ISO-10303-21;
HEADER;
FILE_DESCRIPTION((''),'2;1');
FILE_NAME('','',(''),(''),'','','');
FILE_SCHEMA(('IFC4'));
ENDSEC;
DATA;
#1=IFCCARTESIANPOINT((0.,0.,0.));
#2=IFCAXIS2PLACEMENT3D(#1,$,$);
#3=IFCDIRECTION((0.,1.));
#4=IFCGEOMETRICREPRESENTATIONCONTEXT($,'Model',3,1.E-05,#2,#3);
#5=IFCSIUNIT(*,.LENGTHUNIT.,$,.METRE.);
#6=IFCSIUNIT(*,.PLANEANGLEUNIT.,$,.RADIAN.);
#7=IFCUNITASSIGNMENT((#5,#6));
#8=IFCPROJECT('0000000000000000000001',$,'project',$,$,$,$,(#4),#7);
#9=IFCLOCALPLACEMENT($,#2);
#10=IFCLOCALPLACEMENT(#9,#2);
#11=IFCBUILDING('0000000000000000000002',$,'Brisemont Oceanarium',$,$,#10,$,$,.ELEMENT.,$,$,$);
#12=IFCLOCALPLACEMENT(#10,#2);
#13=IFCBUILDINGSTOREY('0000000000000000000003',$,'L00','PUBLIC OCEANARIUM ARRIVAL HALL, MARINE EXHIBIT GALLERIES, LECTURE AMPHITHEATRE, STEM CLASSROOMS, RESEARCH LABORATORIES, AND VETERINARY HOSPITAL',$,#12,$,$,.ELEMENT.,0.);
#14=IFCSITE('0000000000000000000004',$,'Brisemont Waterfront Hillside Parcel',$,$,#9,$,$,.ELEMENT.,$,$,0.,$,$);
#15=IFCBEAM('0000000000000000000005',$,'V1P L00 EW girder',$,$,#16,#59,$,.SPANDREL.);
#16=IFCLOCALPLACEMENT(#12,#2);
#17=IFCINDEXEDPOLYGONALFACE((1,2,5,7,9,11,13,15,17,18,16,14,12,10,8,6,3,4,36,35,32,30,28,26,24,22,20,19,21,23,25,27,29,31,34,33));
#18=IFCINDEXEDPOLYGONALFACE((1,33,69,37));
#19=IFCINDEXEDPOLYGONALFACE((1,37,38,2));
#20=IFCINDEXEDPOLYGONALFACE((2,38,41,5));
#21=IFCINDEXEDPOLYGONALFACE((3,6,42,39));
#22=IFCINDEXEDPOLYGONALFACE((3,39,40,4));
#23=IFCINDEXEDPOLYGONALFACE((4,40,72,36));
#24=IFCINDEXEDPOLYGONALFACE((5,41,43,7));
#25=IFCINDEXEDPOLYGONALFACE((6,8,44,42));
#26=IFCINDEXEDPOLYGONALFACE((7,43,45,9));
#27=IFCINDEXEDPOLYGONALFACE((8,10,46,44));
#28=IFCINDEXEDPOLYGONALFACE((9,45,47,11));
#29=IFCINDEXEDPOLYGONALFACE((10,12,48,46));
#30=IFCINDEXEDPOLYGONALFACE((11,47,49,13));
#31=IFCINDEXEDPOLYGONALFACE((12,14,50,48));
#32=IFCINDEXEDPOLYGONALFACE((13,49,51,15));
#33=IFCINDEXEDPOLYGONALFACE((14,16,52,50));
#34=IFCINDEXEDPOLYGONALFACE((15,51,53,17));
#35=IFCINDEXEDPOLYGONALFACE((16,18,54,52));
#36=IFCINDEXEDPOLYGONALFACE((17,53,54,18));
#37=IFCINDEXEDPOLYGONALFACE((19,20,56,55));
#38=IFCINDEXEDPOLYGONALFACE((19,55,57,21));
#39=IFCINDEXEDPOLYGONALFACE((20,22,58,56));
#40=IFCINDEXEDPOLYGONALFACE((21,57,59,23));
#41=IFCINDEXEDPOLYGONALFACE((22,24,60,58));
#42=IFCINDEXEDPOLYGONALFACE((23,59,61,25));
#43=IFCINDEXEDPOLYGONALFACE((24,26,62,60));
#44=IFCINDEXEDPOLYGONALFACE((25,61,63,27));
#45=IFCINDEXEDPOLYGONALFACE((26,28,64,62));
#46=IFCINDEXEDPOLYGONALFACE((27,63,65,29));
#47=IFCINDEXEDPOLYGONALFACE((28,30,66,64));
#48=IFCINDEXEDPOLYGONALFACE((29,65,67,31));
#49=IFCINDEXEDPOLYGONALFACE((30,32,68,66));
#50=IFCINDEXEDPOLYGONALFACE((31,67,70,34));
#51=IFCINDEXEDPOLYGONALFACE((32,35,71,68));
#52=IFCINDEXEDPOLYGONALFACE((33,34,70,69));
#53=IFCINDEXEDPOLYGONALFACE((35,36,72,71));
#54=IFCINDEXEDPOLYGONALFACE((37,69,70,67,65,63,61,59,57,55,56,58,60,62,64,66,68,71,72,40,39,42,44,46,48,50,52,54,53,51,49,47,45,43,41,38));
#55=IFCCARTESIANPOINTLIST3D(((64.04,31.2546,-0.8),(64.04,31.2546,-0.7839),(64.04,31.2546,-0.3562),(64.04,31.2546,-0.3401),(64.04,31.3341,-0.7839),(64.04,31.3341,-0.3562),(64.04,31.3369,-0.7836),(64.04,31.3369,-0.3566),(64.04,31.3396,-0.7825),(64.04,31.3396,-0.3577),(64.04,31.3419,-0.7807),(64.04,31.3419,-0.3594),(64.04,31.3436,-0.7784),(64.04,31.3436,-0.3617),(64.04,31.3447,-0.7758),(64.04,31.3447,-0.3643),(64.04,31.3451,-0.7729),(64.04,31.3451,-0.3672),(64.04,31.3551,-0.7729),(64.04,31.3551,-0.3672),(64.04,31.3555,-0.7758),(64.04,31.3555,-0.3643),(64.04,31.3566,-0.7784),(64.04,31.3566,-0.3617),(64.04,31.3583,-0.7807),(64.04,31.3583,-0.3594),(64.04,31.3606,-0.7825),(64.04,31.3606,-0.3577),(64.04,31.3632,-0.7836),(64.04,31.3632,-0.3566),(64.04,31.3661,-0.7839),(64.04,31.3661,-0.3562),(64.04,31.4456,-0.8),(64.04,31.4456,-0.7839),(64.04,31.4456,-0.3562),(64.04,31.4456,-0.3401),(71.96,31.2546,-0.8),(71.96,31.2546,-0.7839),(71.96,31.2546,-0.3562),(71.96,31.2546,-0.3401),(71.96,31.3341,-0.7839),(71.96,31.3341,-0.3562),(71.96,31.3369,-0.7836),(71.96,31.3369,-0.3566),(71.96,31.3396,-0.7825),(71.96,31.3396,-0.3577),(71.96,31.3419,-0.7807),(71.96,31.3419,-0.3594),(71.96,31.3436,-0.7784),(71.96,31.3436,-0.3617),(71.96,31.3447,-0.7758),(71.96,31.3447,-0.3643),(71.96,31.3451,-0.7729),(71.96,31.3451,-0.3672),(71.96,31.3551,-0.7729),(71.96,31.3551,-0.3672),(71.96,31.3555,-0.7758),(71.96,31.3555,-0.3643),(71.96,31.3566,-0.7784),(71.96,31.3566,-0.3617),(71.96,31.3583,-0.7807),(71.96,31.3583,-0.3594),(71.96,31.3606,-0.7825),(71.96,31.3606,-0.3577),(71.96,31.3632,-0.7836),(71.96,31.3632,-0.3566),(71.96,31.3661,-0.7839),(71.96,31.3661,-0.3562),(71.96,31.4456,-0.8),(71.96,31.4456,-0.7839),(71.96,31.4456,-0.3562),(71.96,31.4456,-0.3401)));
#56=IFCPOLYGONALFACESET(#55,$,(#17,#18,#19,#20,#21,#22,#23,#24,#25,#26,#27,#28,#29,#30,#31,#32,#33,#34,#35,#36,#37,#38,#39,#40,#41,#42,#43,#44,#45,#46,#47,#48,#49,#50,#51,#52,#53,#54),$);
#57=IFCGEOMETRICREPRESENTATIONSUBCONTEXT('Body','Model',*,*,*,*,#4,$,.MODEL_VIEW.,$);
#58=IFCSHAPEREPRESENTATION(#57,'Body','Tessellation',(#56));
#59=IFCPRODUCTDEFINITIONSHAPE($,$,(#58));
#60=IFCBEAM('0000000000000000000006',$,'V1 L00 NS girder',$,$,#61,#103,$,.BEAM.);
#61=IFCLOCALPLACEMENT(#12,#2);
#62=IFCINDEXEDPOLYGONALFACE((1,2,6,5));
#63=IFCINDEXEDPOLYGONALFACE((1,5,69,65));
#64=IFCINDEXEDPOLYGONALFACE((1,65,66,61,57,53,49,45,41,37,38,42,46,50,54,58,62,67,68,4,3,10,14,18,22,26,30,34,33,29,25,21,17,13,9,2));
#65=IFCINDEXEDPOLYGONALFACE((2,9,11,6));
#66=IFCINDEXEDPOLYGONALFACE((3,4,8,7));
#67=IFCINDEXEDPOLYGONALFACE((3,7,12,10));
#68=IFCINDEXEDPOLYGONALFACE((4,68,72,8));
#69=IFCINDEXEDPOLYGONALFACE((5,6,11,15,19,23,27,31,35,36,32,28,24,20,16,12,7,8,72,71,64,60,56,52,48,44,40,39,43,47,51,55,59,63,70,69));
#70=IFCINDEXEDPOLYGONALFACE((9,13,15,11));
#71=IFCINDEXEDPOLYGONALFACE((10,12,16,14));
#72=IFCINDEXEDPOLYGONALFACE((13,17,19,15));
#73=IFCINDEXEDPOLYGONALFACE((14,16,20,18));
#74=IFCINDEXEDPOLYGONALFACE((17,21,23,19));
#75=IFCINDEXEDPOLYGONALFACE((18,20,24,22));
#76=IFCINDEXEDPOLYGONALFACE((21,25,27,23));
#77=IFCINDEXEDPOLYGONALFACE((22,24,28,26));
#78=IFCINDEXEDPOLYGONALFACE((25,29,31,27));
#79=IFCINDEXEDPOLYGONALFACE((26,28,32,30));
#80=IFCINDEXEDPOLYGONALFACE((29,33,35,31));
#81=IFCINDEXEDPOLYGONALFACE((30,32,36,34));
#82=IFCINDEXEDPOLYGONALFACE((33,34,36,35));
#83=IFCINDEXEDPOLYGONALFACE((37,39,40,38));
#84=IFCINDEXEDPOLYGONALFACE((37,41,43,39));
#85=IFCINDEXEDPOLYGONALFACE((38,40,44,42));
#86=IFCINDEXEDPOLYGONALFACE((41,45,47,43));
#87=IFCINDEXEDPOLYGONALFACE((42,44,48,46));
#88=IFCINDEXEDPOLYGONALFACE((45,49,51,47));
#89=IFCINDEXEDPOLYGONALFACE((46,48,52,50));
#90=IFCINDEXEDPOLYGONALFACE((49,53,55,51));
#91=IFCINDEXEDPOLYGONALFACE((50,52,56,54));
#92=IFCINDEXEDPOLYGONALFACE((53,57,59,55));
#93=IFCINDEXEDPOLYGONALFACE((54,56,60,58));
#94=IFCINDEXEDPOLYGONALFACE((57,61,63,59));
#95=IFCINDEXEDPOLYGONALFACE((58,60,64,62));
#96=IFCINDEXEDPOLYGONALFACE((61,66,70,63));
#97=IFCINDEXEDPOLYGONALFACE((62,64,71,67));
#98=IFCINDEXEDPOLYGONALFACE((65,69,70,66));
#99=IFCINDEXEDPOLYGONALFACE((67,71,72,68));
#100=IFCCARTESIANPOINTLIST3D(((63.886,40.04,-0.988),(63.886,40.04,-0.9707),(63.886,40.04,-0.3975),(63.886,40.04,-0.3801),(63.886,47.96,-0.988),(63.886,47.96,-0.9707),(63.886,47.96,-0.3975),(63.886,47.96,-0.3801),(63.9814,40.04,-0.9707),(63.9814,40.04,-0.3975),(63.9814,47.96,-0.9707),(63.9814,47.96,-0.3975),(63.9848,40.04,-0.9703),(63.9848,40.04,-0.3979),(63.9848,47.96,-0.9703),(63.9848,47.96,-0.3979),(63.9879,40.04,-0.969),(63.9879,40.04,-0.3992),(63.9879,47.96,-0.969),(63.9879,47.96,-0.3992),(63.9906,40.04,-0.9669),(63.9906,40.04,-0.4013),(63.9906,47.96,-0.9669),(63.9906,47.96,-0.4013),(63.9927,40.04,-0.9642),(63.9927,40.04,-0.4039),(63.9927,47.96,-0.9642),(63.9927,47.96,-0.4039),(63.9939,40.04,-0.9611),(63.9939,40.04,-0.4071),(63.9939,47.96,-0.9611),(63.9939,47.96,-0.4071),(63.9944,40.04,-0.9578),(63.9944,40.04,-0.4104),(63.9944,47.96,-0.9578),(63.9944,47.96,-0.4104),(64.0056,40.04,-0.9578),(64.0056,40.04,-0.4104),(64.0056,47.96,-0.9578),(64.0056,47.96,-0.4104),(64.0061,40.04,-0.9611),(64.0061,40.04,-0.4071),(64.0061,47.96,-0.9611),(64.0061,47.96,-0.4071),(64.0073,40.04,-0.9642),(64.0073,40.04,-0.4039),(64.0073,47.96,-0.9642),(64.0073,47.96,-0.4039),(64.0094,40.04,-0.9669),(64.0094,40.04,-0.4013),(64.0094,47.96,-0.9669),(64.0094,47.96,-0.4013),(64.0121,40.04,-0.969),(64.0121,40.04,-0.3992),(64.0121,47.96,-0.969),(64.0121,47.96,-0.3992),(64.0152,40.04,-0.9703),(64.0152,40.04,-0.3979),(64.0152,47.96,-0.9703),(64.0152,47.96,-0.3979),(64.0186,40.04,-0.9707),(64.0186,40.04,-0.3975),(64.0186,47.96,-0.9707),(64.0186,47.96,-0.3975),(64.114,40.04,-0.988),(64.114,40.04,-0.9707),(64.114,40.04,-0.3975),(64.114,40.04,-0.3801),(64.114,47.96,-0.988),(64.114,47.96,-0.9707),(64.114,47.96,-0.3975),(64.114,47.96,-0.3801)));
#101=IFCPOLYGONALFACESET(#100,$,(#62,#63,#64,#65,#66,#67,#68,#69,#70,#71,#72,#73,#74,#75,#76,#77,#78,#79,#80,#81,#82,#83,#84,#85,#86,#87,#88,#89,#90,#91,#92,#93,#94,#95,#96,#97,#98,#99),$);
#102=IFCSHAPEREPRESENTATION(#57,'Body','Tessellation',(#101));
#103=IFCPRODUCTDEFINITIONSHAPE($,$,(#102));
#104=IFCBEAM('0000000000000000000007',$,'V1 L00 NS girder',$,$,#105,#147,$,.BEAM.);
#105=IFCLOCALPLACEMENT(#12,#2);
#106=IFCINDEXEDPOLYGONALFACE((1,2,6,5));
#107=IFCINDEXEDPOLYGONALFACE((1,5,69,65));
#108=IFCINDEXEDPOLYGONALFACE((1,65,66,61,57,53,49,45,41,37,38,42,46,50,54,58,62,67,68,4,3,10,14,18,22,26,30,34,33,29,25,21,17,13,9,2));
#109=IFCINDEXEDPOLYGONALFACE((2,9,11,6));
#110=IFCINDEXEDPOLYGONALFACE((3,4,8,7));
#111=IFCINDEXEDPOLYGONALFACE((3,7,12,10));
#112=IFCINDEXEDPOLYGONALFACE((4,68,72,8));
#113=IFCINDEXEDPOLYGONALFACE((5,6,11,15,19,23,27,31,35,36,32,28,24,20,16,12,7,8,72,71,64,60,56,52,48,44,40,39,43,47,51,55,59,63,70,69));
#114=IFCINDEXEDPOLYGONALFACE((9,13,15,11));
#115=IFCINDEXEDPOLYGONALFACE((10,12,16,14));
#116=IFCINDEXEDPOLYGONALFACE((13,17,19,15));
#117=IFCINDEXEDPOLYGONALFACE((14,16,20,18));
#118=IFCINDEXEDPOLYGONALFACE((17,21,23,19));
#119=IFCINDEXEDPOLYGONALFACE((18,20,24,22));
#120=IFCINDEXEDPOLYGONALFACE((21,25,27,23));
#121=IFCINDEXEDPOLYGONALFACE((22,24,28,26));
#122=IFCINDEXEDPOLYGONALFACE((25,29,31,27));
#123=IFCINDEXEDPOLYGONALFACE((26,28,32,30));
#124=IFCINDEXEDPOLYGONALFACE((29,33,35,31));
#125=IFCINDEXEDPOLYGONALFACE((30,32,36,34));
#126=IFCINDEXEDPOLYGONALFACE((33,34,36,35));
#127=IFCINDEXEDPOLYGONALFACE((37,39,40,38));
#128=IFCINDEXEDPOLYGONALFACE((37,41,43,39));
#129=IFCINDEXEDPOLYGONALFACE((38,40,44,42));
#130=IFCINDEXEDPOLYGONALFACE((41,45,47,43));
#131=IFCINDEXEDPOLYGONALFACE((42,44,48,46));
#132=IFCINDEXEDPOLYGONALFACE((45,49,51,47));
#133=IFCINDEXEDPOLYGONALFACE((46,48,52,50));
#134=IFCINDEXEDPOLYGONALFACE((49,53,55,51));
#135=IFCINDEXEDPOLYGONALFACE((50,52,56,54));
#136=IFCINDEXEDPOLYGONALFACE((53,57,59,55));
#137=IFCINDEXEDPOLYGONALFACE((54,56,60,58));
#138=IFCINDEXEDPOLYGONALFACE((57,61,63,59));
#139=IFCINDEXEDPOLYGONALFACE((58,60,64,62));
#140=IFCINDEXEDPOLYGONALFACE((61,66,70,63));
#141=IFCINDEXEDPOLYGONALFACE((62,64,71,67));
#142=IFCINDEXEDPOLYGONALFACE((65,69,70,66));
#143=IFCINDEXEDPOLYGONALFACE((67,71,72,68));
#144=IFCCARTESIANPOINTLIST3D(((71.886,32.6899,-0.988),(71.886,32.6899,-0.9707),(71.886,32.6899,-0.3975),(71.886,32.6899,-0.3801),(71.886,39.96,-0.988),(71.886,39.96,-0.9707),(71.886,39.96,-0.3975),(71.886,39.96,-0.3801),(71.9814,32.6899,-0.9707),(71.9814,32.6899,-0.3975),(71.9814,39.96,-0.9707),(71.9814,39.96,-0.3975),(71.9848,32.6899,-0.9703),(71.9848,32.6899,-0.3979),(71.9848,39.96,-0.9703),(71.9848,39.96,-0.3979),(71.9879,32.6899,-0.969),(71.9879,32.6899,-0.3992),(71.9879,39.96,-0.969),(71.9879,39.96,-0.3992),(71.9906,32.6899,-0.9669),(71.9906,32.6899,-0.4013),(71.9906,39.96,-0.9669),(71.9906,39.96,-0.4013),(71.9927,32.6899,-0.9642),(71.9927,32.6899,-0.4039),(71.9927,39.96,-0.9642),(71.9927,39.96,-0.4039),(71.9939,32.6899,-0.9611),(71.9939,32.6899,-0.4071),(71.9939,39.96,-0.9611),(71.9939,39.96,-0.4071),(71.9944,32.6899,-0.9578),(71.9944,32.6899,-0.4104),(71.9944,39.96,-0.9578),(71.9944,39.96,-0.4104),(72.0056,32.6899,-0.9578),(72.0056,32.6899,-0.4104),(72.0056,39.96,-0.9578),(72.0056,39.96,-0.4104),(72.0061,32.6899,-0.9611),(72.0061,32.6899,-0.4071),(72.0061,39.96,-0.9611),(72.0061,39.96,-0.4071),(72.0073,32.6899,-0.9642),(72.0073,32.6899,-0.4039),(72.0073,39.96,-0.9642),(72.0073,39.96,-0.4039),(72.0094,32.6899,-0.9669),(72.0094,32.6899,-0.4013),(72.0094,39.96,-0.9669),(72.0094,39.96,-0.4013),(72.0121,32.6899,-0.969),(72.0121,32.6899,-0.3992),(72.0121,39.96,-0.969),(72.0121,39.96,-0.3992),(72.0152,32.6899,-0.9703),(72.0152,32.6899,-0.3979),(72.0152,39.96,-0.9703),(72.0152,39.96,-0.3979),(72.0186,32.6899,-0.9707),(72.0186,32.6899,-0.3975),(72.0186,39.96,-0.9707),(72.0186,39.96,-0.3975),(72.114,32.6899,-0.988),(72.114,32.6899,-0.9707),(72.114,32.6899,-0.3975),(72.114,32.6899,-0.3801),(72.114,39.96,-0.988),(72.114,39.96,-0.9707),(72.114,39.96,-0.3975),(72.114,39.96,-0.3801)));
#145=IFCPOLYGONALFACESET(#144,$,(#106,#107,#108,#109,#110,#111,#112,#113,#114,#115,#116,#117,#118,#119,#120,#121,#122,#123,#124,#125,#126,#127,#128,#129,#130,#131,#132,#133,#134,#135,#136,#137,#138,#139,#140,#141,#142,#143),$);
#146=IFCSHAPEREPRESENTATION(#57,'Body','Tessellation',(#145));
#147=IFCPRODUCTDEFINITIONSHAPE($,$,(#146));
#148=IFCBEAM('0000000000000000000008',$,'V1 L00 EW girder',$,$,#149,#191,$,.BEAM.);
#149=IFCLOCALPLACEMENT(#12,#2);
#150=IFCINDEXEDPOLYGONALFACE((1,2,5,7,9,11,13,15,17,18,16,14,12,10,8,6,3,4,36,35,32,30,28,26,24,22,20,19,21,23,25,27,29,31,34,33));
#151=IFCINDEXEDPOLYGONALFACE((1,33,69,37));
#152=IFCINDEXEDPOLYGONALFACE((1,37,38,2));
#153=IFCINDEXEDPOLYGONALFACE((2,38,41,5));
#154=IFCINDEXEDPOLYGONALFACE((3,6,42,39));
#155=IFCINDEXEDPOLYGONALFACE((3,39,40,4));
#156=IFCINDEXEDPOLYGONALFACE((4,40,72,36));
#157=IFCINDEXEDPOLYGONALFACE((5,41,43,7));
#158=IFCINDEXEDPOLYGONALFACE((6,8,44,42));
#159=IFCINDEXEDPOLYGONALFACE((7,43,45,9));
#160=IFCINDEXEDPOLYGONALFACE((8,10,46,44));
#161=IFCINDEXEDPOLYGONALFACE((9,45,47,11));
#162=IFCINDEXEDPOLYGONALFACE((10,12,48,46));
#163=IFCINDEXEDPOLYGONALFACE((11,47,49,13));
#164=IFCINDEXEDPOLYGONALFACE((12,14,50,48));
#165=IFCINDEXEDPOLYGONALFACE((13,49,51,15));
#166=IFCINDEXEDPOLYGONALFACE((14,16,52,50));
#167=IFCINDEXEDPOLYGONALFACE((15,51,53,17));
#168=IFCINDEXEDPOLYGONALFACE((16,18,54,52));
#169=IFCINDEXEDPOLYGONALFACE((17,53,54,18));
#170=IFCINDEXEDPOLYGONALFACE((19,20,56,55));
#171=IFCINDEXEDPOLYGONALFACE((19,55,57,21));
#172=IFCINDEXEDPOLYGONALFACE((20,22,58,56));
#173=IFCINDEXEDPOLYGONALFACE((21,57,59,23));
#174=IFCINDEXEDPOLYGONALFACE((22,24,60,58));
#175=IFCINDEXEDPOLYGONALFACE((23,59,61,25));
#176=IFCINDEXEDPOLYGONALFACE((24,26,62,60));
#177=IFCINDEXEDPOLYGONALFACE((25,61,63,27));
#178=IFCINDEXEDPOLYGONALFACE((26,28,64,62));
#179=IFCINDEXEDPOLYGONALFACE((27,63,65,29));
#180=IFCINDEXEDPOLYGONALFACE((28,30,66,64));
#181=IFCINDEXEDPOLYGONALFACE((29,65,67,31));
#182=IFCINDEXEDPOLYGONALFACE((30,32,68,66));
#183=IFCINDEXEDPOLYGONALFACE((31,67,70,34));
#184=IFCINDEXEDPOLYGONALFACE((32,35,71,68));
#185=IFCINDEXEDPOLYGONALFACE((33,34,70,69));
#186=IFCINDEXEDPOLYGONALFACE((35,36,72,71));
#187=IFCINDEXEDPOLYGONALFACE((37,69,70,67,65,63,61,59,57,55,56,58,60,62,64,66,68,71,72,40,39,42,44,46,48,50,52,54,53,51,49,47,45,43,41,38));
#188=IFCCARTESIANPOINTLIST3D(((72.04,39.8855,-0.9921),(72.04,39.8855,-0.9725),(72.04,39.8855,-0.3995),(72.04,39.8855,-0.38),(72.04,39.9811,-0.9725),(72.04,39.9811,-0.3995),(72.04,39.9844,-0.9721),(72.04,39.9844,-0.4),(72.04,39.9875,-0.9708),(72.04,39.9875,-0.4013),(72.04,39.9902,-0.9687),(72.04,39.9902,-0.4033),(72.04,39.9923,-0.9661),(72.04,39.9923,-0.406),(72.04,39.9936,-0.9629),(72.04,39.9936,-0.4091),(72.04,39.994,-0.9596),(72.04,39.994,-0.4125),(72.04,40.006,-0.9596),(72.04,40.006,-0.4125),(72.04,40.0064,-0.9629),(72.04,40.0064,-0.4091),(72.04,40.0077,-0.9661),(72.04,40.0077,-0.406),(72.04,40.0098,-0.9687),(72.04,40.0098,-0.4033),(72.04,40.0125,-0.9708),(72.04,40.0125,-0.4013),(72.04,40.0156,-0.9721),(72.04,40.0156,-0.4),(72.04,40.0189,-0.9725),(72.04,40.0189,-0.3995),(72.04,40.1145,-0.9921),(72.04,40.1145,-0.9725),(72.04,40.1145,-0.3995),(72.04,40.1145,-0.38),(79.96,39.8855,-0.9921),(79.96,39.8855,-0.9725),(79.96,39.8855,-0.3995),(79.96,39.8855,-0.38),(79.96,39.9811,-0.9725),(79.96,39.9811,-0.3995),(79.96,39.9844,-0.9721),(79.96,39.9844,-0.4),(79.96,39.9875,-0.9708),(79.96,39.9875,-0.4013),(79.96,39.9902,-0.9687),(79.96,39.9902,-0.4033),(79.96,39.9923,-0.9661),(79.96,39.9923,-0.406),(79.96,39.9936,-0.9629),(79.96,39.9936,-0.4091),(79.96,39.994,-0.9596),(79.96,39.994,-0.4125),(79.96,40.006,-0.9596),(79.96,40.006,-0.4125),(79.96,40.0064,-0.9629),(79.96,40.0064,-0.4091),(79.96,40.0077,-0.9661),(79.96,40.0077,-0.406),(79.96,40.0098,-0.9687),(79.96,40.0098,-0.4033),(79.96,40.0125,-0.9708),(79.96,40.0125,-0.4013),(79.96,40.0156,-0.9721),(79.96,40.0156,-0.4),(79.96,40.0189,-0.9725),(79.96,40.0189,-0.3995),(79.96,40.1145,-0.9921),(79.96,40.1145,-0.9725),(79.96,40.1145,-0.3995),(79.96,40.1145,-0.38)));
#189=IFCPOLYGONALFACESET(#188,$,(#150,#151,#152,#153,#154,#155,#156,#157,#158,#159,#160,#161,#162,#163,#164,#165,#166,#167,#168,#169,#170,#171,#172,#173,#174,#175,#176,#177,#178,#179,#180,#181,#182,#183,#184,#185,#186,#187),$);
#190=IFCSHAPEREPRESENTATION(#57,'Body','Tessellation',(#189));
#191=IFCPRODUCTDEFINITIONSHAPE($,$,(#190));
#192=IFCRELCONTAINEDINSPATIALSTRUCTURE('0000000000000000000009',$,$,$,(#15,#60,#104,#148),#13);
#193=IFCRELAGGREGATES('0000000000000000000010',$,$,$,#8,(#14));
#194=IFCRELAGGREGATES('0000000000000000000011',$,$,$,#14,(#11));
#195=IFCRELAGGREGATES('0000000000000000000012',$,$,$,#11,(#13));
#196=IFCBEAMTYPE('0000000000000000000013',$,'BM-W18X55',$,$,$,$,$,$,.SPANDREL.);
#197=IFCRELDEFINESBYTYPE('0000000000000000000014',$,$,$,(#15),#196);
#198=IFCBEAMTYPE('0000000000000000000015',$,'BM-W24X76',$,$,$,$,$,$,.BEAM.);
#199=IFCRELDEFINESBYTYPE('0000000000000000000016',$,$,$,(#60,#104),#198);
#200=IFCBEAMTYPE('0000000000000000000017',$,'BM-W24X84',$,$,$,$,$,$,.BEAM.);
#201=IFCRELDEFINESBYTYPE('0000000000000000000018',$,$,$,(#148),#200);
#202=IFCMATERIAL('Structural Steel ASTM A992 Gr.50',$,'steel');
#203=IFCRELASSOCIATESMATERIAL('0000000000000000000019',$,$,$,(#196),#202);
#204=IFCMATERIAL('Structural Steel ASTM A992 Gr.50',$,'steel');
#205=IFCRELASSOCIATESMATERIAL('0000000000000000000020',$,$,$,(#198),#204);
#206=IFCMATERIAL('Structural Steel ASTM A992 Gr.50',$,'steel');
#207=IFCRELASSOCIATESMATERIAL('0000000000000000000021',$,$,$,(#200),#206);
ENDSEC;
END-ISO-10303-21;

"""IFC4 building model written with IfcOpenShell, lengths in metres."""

from ifc_helpers import new_model, si_unit, direction, frame, origin, origin_2d, place, context, subcontext, project, spatial, i_section, extrude, material, material_profile, profile_set, type_object, element, save


model = new_model("IFC4")

# Units and contexts
model_context = context("Model", 3, precision=1e-05, world=origin(), true_north=direction((0.0, 1.0)))
body_context = subcontext(model_context, "Body", "Model", "MODEL_VIEW")
ifc_project = project(units=[si_unit("LENGTHUNIT", "METRE"), si_unit("PLANEANGLEUNIT", "RADIAN")], contexts=[model_context])

# Site, building, storey
site_placement = place(None, origin())
site = spatial("IfcSite", under=ifc_project, at=site_placement, Name="Brisemont Waterfront Hillside Parcel", CompositionType="ELEMENT", RefElevation=0.0)
building_placement = place(site_placement, origin())
building = spatial("IfcBuilding", under=site, at=building_placement, Name="Brisemont Oceanarium", CompositionType="ELEMENT")
storey_placement = place(building_placement, origin())
storey = spatial("IfcBuildingStorey", under=building, at=storey_placement, Name="L00", Description="PUBLIC OCEANARIUM ARRIVAL HALL, MARINE EXHIBIT GALLERIES, LECTURE AMPHITHEATRE, STEM CLASSROOMS, RESEARCH LABORATORIES, AND VETERINARY HOSPITAL", CompositionType="ELEMENT", Elevation=0.0)

# Beams
ifc_material_1 = material(Name="Structural Steel ASTM A992 Gr.50", Category="steel")
ifc_material_profile_1 = material_profile(ifc_material_1, i_section(OverallWidth=0.1909, OverallDepth=0.46, WebThickness=0.01, FlangeThickness=0.0161, FilletRadius=0.011, at=origin_2d()), Name="W18X55")
ifc_profile_set_1 = profile_set([ifc_material_profile_1], Name="Structural Steel ASTM A992 Gr.50")
beam_type_1 = type_object("IfcBeamType", Name="BM-W18X55", PredefinedType="SPANDREL", material=ifc_profile_set_1)
for number, where, z_axis, x_axis, name in (
    (1, (64.04, 31.3501, -0.5701), (1.0, 0.0, 0.0), (0.0, 1.0, 0.0), "V1P L00 EW girder"),
):
    element("IfcBeam", number, at=place(storey_placement, frame(where, z_axis=z_axis, x_axis=x_axis)), inside=storey, type_object=beam_type_1, Name=name, PredefinedType="SPANDREL", context=body_context, shape_type="SweptSolid", body=[
        extrude(i_section(OverallWidth=0.1909, OverallDepth=0.46, WebThickness=0.01, FlangeThickness=0.0161, FilletRadius=0.011, at=origin_2d()), origin(), (0.0, 0.0, 1.0), 7.9199),
    ])
ifc_material_2 = material(Name="Structural Steel ASTM A992 Gr.50", Category="steel")
ifc_material_profile_2 = material_profile(ifc_material_2, i_section(OverallWidth=0.228, OverallDepth=0.6079, WebThickness=0.0112, FlangeThickness=0.0173, FilletRadius=0.0129, at=origin_2d()), Name="W24X76")
ifc_profile_set_2 = profile_set([ifc_material_profile_2], Name="Structural Steel ASTM A992 Gr.50")
beam_type_2 = type_object("IfcBeamType", Name="BM-W24X76", PredefinedType="BEAM", material=ifc_profile_set_2)
beam_1_placement = place(storey_placement, frame((64.0, 40.04, -0.6841), z_axis=(0.0, 1.0, 0.0), x_axis=(-1.0, 0.0, 0.0)))
element("IfcBeam", 2, at=beam_1_placement, inside=storey, type_object=beam_type_2, Name="V1 L00 NS girder", PredefinedType="BEAM", context=body_context, shape_type="SweptSolid", body=[
    extrude(i_section(OverallWidth=0.228, OverallDepth=0.6079, WebThickness=0.0112, FlangeThickness=0.0173, FilletRadius=0.0129, at=origin_2d()), origin(), (0.0, 0.0, 1.0), 7.9199),
])
beam_2_placement = place(storey_placement, frame((72.0, 32.6899, -0.6841), z_axis=(0.0, 1.0, 0.0), x_axis=(-1.0, 0.0, 0.0)))
element("IfcBeam", 3, at=beam_2_placement, inside=storey, type_object=beam_type_2, Name="V1 L00 NS girder", PredefinedType="BEAM", context=body_context, shape_type="SweptSolid", body=[
    extrude(i_section(OverallWidth=0.228, OverallDepth=0.6079, WebThickness=0.0112, FlangeThickness=0.0173, FilletRadius=0.0129, at=origin_2d()), origin(), (0.0, 0.0, 1.0), 7.27),
])
ifc_material_3 = material(Name="Structural Steel ASTM A992 Gr.50", Category="steel")
ifc_material_profile_3 = material_profile(ifc_material_3, i_section(OverallWidth=0.229, OverallDepth=0.6121, WebThickness=0.012, FlangeThickness=0.0195, FilletRadius=0.0129, at=origin_2d()), Name="W24X84")
ifc_profile_set_3 = profile_set([ifc_material_profile_3], Name="Structural Steel ASTM A992 Gr.50")
beam_type_3 = type_object("IfcBeamType", Name="BM-W24X84", PredefinedType="BEAM", material=ifc_profile_set_3)
beam_3_placement = place(storey_placement, frame((72.04, 40.0, -0.686), z_axis=(1.0, 0.0, 0.0), x_axis=(0.0, 1.0, 0.0)))
element("IfcBeam", 4, at=beam_3_placement, inside=storey, type_object=beam_type_3, Name="V1 L00 EW girder", PredefinedType="BEAM", context=body_context, shape_type="SweptSolid", body=[
    extrude(i_section(OverallWidth=0.229, OverallDepth=0.6121, WebThickness=0.012, FlangeThickness=0.0195, FilletRadius=0.0129, at=origin_2d()), origin(), (0.0, 0.0, 1.0), 7.9199),
])

save(model, "model.ifc")
